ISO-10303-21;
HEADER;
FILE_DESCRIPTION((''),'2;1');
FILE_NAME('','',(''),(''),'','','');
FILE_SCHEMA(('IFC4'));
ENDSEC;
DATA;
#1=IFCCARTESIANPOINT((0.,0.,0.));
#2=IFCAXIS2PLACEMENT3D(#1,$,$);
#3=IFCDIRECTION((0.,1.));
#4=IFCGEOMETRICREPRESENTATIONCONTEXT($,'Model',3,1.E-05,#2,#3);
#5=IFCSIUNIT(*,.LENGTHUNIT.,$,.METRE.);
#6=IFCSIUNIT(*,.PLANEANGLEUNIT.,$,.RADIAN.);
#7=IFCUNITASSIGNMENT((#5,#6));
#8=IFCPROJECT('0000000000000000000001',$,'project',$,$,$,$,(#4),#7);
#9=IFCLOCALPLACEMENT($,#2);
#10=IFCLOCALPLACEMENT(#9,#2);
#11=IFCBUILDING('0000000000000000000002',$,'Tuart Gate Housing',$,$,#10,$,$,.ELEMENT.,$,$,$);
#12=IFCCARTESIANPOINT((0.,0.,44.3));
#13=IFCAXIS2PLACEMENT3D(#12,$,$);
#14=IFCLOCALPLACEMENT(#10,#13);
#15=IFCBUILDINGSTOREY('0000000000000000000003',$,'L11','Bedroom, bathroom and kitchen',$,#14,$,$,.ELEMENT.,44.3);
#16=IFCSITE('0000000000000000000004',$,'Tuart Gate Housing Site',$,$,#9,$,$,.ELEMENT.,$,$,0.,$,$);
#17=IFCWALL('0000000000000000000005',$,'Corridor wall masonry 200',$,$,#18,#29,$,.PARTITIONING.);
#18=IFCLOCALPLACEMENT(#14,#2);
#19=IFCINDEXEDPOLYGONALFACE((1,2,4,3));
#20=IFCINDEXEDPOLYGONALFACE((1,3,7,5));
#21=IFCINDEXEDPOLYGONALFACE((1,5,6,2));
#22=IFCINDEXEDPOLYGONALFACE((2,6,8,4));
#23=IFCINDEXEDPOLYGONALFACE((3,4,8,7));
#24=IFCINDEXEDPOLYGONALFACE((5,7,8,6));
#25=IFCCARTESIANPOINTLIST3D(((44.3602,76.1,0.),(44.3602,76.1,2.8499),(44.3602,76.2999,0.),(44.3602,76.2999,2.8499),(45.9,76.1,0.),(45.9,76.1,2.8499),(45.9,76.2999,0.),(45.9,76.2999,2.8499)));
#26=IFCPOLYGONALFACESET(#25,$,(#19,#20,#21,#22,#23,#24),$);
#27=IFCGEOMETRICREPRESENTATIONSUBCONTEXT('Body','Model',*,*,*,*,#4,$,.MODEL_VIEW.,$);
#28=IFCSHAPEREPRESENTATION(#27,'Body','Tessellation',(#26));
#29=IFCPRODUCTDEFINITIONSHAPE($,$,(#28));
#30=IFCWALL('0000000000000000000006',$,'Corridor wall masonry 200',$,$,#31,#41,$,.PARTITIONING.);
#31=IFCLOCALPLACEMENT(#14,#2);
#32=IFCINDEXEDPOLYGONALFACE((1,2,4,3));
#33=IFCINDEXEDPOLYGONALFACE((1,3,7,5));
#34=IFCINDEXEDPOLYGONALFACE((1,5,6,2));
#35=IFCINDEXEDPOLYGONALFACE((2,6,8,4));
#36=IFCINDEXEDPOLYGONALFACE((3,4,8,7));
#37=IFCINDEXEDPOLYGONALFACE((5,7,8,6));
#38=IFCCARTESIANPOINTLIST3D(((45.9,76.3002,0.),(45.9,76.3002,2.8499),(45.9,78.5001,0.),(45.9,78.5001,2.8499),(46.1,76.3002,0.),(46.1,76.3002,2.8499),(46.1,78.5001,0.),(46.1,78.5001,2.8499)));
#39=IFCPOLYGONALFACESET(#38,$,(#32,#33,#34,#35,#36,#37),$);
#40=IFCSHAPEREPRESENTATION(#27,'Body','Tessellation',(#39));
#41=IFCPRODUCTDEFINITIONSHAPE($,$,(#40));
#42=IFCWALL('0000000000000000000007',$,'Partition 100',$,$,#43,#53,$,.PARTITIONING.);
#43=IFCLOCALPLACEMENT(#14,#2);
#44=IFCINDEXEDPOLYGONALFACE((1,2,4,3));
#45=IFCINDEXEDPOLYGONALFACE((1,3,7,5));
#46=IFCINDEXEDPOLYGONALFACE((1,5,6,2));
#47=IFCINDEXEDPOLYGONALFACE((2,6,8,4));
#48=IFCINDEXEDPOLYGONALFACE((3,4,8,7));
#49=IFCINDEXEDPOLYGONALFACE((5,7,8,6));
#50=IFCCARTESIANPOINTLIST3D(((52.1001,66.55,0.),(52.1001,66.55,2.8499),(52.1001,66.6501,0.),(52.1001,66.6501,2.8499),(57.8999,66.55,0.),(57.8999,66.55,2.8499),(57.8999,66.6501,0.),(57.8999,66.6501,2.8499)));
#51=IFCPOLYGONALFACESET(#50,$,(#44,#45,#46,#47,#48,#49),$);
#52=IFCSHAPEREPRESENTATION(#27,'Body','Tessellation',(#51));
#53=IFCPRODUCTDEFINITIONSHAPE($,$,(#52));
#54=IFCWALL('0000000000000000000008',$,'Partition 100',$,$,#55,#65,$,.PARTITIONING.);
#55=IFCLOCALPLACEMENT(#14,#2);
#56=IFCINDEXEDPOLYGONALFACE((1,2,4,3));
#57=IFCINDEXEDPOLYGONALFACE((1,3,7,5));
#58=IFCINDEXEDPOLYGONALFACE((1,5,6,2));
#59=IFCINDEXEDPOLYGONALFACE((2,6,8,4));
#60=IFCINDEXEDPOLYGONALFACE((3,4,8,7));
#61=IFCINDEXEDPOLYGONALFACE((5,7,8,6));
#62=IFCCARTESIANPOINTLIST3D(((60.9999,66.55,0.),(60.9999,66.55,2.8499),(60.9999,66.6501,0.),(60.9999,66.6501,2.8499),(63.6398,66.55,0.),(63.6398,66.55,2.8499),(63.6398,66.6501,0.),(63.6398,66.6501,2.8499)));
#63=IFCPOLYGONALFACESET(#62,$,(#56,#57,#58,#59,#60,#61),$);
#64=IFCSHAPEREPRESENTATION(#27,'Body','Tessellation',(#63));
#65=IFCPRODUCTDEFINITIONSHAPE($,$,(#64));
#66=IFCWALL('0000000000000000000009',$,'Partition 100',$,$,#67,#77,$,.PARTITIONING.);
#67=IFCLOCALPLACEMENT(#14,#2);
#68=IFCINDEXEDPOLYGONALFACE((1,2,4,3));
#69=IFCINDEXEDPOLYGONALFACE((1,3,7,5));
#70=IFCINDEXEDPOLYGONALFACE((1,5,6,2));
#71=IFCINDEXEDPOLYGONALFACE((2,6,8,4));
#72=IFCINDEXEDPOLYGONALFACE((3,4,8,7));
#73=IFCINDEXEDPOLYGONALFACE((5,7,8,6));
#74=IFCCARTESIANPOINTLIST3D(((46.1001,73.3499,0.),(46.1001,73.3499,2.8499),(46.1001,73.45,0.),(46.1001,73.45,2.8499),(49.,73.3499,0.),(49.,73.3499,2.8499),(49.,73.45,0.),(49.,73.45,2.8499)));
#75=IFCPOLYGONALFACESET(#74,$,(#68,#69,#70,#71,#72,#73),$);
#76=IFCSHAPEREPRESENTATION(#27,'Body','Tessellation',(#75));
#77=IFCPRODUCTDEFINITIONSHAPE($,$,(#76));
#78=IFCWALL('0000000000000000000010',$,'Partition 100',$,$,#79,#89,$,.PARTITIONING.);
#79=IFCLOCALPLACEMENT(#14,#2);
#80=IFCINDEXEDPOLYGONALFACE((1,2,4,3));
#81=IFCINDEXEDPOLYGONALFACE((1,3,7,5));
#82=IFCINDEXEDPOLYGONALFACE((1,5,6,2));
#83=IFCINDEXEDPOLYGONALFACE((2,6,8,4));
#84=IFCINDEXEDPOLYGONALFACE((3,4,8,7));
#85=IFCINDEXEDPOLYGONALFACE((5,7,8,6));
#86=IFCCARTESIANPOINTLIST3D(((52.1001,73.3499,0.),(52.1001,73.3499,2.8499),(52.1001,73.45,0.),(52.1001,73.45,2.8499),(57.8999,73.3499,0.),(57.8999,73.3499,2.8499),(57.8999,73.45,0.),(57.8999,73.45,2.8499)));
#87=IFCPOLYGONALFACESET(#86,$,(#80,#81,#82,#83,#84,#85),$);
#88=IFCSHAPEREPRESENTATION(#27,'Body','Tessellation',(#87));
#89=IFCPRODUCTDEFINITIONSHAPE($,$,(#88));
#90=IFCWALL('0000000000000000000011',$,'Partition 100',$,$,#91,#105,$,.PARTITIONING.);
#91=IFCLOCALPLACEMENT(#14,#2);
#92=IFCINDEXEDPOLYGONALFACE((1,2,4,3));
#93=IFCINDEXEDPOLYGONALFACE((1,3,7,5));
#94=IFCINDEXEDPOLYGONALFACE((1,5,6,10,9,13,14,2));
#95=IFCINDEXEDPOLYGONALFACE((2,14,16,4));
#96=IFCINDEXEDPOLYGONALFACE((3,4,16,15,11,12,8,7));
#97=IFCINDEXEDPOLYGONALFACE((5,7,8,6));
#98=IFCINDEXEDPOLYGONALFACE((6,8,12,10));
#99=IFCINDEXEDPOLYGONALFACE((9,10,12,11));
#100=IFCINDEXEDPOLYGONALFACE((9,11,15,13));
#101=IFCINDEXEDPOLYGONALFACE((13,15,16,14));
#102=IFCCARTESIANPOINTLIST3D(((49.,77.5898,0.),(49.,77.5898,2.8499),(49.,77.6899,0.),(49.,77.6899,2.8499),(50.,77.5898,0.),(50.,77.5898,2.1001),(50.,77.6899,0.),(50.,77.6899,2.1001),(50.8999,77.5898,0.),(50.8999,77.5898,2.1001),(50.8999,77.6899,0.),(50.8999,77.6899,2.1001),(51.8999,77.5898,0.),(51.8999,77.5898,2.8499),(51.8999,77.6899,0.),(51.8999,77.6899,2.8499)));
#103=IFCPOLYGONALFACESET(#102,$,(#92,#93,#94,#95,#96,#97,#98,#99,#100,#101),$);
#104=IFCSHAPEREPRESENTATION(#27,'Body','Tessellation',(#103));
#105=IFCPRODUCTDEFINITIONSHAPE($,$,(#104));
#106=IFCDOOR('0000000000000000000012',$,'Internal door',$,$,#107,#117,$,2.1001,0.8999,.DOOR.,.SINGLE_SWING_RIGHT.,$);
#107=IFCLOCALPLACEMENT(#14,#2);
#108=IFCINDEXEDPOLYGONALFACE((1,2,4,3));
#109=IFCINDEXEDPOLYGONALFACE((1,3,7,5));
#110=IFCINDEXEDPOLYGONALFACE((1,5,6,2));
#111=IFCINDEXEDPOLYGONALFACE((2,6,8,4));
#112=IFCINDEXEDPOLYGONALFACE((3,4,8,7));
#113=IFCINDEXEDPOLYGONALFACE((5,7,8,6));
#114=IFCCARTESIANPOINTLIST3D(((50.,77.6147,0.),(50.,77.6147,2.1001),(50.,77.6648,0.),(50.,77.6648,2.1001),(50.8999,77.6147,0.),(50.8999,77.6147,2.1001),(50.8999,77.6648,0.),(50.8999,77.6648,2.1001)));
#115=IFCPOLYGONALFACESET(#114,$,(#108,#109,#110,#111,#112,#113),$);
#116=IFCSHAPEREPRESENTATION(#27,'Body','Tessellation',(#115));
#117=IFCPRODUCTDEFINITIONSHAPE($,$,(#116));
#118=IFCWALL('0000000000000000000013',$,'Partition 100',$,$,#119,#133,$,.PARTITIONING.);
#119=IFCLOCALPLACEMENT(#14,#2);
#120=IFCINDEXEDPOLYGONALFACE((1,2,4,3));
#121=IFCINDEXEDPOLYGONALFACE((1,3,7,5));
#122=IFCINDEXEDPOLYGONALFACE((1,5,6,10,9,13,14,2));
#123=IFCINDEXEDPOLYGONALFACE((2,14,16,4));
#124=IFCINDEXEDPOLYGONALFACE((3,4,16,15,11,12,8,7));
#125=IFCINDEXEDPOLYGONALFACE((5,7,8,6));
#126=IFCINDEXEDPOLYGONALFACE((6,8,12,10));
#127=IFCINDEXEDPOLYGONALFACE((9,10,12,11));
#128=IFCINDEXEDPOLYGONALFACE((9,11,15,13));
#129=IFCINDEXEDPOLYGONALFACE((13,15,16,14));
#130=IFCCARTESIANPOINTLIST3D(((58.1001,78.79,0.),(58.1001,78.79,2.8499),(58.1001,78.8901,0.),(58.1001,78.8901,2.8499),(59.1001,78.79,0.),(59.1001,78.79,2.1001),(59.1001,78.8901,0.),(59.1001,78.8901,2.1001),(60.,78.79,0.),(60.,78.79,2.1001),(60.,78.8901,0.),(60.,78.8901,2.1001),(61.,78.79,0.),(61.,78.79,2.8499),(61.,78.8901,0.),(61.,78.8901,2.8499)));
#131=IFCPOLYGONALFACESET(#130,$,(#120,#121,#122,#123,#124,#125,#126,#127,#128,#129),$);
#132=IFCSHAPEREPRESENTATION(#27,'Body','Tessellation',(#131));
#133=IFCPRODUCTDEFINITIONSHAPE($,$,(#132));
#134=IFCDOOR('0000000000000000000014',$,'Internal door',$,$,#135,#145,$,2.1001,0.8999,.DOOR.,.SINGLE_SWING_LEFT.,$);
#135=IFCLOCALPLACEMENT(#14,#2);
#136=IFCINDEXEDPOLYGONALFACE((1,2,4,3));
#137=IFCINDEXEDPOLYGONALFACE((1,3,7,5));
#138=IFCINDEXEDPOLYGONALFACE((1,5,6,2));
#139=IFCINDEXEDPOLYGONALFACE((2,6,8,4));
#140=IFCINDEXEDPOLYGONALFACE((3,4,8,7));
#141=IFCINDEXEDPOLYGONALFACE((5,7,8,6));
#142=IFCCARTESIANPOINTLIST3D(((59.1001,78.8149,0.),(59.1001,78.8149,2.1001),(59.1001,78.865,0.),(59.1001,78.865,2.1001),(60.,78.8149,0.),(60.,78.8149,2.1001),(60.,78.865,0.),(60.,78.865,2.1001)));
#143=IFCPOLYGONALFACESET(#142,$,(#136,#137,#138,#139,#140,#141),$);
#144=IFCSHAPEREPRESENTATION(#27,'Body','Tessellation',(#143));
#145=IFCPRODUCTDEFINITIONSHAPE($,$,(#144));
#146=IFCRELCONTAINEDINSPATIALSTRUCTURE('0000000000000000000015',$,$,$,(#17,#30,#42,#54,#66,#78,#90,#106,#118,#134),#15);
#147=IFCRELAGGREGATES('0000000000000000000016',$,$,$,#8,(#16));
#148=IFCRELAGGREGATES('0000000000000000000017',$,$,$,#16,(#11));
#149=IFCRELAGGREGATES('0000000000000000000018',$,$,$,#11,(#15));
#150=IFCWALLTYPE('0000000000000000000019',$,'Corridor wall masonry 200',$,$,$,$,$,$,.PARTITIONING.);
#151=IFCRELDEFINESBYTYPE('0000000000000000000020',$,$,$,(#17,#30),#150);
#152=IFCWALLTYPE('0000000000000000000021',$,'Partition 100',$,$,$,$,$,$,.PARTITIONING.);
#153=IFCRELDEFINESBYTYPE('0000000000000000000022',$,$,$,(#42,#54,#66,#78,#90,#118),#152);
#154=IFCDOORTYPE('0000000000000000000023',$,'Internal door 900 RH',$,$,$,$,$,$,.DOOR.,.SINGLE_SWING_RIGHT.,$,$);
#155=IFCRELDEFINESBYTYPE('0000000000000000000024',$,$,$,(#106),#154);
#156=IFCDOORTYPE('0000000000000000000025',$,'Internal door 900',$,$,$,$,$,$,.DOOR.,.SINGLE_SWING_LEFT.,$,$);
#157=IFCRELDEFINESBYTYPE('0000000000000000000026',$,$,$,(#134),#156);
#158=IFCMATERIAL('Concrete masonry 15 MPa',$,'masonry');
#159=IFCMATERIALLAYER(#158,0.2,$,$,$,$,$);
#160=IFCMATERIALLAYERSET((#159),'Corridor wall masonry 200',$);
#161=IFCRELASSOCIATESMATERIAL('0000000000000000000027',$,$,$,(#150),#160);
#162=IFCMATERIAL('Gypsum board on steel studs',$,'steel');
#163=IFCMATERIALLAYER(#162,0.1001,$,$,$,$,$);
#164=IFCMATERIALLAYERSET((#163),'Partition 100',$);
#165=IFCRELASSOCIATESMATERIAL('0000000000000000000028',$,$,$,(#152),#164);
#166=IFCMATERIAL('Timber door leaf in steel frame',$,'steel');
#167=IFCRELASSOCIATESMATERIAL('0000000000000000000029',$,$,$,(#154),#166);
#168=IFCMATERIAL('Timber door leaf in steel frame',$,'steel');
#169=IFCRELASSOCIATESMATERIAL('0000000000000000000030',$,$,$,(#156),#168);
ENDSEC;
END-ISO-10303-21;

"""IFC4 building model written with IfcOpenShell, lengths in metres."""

from ifc_helpers import new_model, si_unit, direction, frame, frame_2d, origin, place, context, subcontext, project, spatial, rectangle, extrude, material, layer, layer_set, type_object, element, fill, save


model = new_model("IFC4")

# Units and contexts
model_context = context("Model", 3, precision=1e-05, world=origin(), true_north=direction((0.0, 1.0)))
body_context = subcontext(model_context, "Body", "Model", "MODEL_VIEW")
ifc_project = project(units=[si_unit("LENGTHUNIT", "METRE"), si_unit("PLANEANGLEUNIT", "RADIAN")], contexts=[model_context])

# Site, building, storey
site_placement = place(None, origin())
site = spatial("IfcSite", under=ifc_project, at=site_placement, Name="Tuart Gate Housing Site", CompositionType="ELEMENT", RefElevation=0.0)
building_placement = place(site_placement, origin())
building = spatial("IfcBuilding", under=site, at=building_placement, Name="Tuart Gate Housing", CompositionType="ELEMENT")
storey_placement = place(building_placement, frame((0.0, 0.0, 44.3)))
storey = spatial("IfcBuildingStorey", under=building, at=storey_placement, Name="L11", Description="Bedroom, bathroom and kitchen", CompositionType="ELEMENT", Elevation=44.3)

# Walls
ifc_material_1 = material(Name="Concrete masonry 15 MPa", Category="masonry")
ifc_layer_1 = layer(ifc_material_1, 0.2)
ifc_layer_set_1 = layer_set([ifc_layer_1], Name="Corridor wall masonry 200")
wall_type_1 = type_object("IfcWallType", Name="Corridor wall masonry 200", PredefinedType="PARTITIONING", material=ifc_layer_set_1)
wall_1_placement = place(storey_placement, frame((44.3601, 76.2, 0.0), z_axis=(0.0, 0.0, 1.0), x_axis=(1.0, 0.0, 0.0)))
element("IfcWall", 1, at=wall_1_placement, inside=storey, type_object=wall_type_1, Name="Corridor wall masonry 200", PredefinedType="PARTITIONING", context=body_context, shape_type="SweptSolid", body=[
    extrude(rectangle(XDim=1.5398, YDim=0.2, at=frame_2d((0.77, 0.0))), origin(), (0.0, 0.0, 1.0), 2.8499),
])
wall_2_placement = place(storey_placement, frame((46.0, 76.3, 0.0), z_axis=(0.0, 0.0, 1.0), x_axis=(0.0, 1.0, 0.0)))
element("IfcWall", 2, at=wall_2_placement, inside=storey, type_object=wall_type_1, Name="Corridor wall masonry 200", PredefinedType="PARTITIONING", context=body_context, shape_type="SweptSolid", body=[
    extrude(rectangle(XDim=2.2, YDim=0.2, at=frame_2d((1.1001, 0.0))), origin(), (0.0, 0.0, 1.0), 2.8499),
])
ifc_material_2 = material(Name="Gypsum board on steel studs", Category="steel")
ifc_layer_2 = layer(ifc_material_2, 0.1001)
ifc_layer_set_2 = layer_set([ifc_layer_2], Name="Partition 100")
wall_type_2 = type_object("IfcWallType", Name="Partition 100", PredefinedType="PARTITIONING", material=ifc_layer_set_2)
wall_3_placement = place(storey_placement, frame((52.1001, 66.6001, 0.0), z_axis=(0.0, 0.0, 1.0), x_axis=(1.0, 0.0, 0.0)))
element("IfcWall", 3, at=wall_3_placement, inside=storey, type_object=wall_type_2, Name="Partition 100", PredefinedType="PARTITIONING", context=body_context, shape_type="SweptSolid", body=[
    extrude(rectangle(XDim=5.7998, YDim=0.1001, at=frame_2d((2.8999, 0.0))), origin(), (0.0, 0.0, 1.0), 2.8499),
])
wall_4_placement = place(storey_placement, frame((61.0, 66.6001, 0.0), z_axis=(0.0, 0.0, 1.0), x_axis=(1.0, 0.0, 0.0)))
element("IfcWall", 4, at=wall_4_placement, inside=storey, type_object=wall_type_2, Name="Partition 100", PredefinedType="PARTITIONING", context=body_context, shape_type="SweptSolid", body=[
    extrude(rectangle(XDim=2.6399, YDim=0.1001, at=frame_2d((1.3198, 0.0))), origin(), (0.0, 0.0, 1.0), 2.8499),
])
wall_5_placement = place(storey_placement, frame((46.1001, 73.3999, 0.0), z_axis=(0.0, 0.0, 1.0), x_axis=(1.0, 0.0, 0.0)))
element("IfcWall", 5, at=wall_5_placement, inside=storey, type_object=wall_type_2, Name="Partition 100", PredefinedType="PARTITIONING", context=body_context, shape_type="SweptSolid", body=[
    extrude(rectangle(XDim=2.8999, YDim=0.1001, at=frame_2d((1.45, 0.0))), origin(), (0.0, 0.0, 1.0), 2.8499),
])
wall_6_placement = place(storey_placement, frame((52.1001, 73.3999, 0.0), z_axis=(0.0, 0.0, 1.0), x_axis=(1.0, 0.0, 0.0)))
element("IfcWall", 6, at=wall_6_placement, inside=storey, type_object=wall_type_2, Name="Partition 100", PredefinedType="PARTITIONING", context=body_context, shape_type="SweptSolid", body=[
    extrude(rectangle(XDim=5.7998, YDim=0.1001, at=frame_2d((2.8999, 0.0))), origin(), (0.0, 0.0, 1.0), 2.8499),
])

# Walls, openings, doors
wall_7_placement = place(storey_placement, frame((49.0, 77.6399, 0.0), z_axis=(0.0, 0.0, 1.0), x_axis=(1.0, 0.0, 0.0)))
wall_7 = element("IfcWall", 7, at=wall_7_placement, inside=storey, type_object=wall_type_2, Name="Partition 100", PredefinedType="PARTITIONING", context=body_context, shape_type="SweptSolid", body=[
    extrude(rectangle(XDim=2.8999, YDim=0.1001, at=frame_2d((1.45, 0.0))), origin(), (0.0, 0.0, 1.0), 2.8499),
])
opening_1_placement = place(wall_7_placement, frame((1.0, 0.0, 0.0)))
opening_1 = element("IfcOpeningElement", 8, at=opening_1_placement, cuts=wall_7, PredefinedType="OPENING", context=body_context, shape_type="SweptSolid", body=[
    extrude(rectangle(XDim=0.8999, YDim=2.1001, at=frame_2d((0.45, 1.05))), frame((0.0, 0.0601, 0.0), z_axis=(0.0, -1.0, 0.0), x_axis=(1.0, 0.0, 0.0)), (0.0, 0.0, 1.0), 0.1201),
])
ifc_material_3 = material(Name="Timber door leaf in steel frame", Category="steel")
door_type_1 = type_object("IfcDoorType", Name="Internal door 900 RH", OperationType="SINGLE_SWING_RIGHT", PredefinedType="DOOR", material=ifc_material_3)
door_1_placement = place(opening_1_placement, frame((0.8999, 0.0, 0.0), z_axis=(0.0, 0.0, 1.0), x_axis=(-1.0, 0.0, 0.0)))
door_1 = element("IfcDoor", 9, at=door_1_placement, inside=storey, type_object=door_type_1, Name="Internal door", OperationType="SINGLE_SWING_RIGHT", OverallHeight=2.1001, OverallWidth=0.8999, PredefinedType="DOOR", context=body_context, shape_type="SweptSolid", body=[
    extrude(rectangle(XDim=0.8999, YDim=2.1001, at=frame_2d((0.45, 1.05))), frame((0.0, 0.0251, 0.0), z_axis=(0.0, -1.0, 0.0), x_axis=(1.0, 0.0, 0.0)), (0.0, 0.0, 1.0), 0.05),
])
fill(opening_1, door_1)
wall_8_placement = place(storey_placement, frame((58.1001, 78.8401, 0.0), z_axis=(0.0, 0.0, 1.0), x_axis=(1.0, 0.0, 0.0)))
wall_8 = element("IfcWall", 10, at=wall_8_placement, inside=storey, type_object=wall_type_2, Name="Partition 100", PredefinedType="PARTITIONING", context=body_context, shape_type="SweptSolid", body=[
    extrude(rectangle(XDim=2.8999, YDim=0.1001, at=frame_2d((1.45, 0.0))), origin(), (0.0, 0.0, 1.0), 2.8499),
])
opening_2_placement = place(wall_8_placement, frame((1.0, 0.0, 0.0)))
opening_2 = element("IfcOpeningElement", 11, at=opening_2_placement, cuts=wall_8, PredefinedType="OPENING", context=body_context, shape_type="SweptSolid", body=[
    extrude(rectangle(XDim=0.8999, YDim=2.1001, at=frame_2d((0.45, 1.05))), frame((0.0, 0.0601, 0.0), z_axis=(0.0, -1.0, 0.0), x_axis=(1.0, 0.0, 0.0)), (0.0, 0.0, 1.0), 0.1201),
])
ifc_material_4 = material(Name="Timber door leaf in steel frame", Category="steel")
door_type_2 = type_object("IfcDoorType", Name="Internal door 900", OperationType="SINGLE_SWING_LEFT", PredefinedType="DOOR", material=ifc_material_4)
door_2_placement = place(opening_2_placement, frame((0.8999, 0.0, 0.0), z_axis=(0.0, 0.0, 1.0), x_axis=(-1.0, 0.0, 0.0)))
door_2 = element("IfcDoor", 12, at=door_2_placement, inside=storey, type_object=door_type_2, Name="Internal door", OperationType="SINGLE_SWING_LEFT", OverallHeight=2.1001, OverallWidth=0.8999, PredefinedType="DOOR", context=body_context, shape_type="SweptSolid", body=[
    extrude(rectangle(XDim=0.8999, YDim=2.1001, at=frame_2d((0.45, 1.05))), frame((0.0, 0.0251, 0.0), z_axis=(0.0, -1.0, 0.0), x_axis=(1.0, 0.0, 0.0)), (0.0, 0.0, 1.0), 0.05),
])
fill(opening_2, door_2)

save(model, "model.ifc")
